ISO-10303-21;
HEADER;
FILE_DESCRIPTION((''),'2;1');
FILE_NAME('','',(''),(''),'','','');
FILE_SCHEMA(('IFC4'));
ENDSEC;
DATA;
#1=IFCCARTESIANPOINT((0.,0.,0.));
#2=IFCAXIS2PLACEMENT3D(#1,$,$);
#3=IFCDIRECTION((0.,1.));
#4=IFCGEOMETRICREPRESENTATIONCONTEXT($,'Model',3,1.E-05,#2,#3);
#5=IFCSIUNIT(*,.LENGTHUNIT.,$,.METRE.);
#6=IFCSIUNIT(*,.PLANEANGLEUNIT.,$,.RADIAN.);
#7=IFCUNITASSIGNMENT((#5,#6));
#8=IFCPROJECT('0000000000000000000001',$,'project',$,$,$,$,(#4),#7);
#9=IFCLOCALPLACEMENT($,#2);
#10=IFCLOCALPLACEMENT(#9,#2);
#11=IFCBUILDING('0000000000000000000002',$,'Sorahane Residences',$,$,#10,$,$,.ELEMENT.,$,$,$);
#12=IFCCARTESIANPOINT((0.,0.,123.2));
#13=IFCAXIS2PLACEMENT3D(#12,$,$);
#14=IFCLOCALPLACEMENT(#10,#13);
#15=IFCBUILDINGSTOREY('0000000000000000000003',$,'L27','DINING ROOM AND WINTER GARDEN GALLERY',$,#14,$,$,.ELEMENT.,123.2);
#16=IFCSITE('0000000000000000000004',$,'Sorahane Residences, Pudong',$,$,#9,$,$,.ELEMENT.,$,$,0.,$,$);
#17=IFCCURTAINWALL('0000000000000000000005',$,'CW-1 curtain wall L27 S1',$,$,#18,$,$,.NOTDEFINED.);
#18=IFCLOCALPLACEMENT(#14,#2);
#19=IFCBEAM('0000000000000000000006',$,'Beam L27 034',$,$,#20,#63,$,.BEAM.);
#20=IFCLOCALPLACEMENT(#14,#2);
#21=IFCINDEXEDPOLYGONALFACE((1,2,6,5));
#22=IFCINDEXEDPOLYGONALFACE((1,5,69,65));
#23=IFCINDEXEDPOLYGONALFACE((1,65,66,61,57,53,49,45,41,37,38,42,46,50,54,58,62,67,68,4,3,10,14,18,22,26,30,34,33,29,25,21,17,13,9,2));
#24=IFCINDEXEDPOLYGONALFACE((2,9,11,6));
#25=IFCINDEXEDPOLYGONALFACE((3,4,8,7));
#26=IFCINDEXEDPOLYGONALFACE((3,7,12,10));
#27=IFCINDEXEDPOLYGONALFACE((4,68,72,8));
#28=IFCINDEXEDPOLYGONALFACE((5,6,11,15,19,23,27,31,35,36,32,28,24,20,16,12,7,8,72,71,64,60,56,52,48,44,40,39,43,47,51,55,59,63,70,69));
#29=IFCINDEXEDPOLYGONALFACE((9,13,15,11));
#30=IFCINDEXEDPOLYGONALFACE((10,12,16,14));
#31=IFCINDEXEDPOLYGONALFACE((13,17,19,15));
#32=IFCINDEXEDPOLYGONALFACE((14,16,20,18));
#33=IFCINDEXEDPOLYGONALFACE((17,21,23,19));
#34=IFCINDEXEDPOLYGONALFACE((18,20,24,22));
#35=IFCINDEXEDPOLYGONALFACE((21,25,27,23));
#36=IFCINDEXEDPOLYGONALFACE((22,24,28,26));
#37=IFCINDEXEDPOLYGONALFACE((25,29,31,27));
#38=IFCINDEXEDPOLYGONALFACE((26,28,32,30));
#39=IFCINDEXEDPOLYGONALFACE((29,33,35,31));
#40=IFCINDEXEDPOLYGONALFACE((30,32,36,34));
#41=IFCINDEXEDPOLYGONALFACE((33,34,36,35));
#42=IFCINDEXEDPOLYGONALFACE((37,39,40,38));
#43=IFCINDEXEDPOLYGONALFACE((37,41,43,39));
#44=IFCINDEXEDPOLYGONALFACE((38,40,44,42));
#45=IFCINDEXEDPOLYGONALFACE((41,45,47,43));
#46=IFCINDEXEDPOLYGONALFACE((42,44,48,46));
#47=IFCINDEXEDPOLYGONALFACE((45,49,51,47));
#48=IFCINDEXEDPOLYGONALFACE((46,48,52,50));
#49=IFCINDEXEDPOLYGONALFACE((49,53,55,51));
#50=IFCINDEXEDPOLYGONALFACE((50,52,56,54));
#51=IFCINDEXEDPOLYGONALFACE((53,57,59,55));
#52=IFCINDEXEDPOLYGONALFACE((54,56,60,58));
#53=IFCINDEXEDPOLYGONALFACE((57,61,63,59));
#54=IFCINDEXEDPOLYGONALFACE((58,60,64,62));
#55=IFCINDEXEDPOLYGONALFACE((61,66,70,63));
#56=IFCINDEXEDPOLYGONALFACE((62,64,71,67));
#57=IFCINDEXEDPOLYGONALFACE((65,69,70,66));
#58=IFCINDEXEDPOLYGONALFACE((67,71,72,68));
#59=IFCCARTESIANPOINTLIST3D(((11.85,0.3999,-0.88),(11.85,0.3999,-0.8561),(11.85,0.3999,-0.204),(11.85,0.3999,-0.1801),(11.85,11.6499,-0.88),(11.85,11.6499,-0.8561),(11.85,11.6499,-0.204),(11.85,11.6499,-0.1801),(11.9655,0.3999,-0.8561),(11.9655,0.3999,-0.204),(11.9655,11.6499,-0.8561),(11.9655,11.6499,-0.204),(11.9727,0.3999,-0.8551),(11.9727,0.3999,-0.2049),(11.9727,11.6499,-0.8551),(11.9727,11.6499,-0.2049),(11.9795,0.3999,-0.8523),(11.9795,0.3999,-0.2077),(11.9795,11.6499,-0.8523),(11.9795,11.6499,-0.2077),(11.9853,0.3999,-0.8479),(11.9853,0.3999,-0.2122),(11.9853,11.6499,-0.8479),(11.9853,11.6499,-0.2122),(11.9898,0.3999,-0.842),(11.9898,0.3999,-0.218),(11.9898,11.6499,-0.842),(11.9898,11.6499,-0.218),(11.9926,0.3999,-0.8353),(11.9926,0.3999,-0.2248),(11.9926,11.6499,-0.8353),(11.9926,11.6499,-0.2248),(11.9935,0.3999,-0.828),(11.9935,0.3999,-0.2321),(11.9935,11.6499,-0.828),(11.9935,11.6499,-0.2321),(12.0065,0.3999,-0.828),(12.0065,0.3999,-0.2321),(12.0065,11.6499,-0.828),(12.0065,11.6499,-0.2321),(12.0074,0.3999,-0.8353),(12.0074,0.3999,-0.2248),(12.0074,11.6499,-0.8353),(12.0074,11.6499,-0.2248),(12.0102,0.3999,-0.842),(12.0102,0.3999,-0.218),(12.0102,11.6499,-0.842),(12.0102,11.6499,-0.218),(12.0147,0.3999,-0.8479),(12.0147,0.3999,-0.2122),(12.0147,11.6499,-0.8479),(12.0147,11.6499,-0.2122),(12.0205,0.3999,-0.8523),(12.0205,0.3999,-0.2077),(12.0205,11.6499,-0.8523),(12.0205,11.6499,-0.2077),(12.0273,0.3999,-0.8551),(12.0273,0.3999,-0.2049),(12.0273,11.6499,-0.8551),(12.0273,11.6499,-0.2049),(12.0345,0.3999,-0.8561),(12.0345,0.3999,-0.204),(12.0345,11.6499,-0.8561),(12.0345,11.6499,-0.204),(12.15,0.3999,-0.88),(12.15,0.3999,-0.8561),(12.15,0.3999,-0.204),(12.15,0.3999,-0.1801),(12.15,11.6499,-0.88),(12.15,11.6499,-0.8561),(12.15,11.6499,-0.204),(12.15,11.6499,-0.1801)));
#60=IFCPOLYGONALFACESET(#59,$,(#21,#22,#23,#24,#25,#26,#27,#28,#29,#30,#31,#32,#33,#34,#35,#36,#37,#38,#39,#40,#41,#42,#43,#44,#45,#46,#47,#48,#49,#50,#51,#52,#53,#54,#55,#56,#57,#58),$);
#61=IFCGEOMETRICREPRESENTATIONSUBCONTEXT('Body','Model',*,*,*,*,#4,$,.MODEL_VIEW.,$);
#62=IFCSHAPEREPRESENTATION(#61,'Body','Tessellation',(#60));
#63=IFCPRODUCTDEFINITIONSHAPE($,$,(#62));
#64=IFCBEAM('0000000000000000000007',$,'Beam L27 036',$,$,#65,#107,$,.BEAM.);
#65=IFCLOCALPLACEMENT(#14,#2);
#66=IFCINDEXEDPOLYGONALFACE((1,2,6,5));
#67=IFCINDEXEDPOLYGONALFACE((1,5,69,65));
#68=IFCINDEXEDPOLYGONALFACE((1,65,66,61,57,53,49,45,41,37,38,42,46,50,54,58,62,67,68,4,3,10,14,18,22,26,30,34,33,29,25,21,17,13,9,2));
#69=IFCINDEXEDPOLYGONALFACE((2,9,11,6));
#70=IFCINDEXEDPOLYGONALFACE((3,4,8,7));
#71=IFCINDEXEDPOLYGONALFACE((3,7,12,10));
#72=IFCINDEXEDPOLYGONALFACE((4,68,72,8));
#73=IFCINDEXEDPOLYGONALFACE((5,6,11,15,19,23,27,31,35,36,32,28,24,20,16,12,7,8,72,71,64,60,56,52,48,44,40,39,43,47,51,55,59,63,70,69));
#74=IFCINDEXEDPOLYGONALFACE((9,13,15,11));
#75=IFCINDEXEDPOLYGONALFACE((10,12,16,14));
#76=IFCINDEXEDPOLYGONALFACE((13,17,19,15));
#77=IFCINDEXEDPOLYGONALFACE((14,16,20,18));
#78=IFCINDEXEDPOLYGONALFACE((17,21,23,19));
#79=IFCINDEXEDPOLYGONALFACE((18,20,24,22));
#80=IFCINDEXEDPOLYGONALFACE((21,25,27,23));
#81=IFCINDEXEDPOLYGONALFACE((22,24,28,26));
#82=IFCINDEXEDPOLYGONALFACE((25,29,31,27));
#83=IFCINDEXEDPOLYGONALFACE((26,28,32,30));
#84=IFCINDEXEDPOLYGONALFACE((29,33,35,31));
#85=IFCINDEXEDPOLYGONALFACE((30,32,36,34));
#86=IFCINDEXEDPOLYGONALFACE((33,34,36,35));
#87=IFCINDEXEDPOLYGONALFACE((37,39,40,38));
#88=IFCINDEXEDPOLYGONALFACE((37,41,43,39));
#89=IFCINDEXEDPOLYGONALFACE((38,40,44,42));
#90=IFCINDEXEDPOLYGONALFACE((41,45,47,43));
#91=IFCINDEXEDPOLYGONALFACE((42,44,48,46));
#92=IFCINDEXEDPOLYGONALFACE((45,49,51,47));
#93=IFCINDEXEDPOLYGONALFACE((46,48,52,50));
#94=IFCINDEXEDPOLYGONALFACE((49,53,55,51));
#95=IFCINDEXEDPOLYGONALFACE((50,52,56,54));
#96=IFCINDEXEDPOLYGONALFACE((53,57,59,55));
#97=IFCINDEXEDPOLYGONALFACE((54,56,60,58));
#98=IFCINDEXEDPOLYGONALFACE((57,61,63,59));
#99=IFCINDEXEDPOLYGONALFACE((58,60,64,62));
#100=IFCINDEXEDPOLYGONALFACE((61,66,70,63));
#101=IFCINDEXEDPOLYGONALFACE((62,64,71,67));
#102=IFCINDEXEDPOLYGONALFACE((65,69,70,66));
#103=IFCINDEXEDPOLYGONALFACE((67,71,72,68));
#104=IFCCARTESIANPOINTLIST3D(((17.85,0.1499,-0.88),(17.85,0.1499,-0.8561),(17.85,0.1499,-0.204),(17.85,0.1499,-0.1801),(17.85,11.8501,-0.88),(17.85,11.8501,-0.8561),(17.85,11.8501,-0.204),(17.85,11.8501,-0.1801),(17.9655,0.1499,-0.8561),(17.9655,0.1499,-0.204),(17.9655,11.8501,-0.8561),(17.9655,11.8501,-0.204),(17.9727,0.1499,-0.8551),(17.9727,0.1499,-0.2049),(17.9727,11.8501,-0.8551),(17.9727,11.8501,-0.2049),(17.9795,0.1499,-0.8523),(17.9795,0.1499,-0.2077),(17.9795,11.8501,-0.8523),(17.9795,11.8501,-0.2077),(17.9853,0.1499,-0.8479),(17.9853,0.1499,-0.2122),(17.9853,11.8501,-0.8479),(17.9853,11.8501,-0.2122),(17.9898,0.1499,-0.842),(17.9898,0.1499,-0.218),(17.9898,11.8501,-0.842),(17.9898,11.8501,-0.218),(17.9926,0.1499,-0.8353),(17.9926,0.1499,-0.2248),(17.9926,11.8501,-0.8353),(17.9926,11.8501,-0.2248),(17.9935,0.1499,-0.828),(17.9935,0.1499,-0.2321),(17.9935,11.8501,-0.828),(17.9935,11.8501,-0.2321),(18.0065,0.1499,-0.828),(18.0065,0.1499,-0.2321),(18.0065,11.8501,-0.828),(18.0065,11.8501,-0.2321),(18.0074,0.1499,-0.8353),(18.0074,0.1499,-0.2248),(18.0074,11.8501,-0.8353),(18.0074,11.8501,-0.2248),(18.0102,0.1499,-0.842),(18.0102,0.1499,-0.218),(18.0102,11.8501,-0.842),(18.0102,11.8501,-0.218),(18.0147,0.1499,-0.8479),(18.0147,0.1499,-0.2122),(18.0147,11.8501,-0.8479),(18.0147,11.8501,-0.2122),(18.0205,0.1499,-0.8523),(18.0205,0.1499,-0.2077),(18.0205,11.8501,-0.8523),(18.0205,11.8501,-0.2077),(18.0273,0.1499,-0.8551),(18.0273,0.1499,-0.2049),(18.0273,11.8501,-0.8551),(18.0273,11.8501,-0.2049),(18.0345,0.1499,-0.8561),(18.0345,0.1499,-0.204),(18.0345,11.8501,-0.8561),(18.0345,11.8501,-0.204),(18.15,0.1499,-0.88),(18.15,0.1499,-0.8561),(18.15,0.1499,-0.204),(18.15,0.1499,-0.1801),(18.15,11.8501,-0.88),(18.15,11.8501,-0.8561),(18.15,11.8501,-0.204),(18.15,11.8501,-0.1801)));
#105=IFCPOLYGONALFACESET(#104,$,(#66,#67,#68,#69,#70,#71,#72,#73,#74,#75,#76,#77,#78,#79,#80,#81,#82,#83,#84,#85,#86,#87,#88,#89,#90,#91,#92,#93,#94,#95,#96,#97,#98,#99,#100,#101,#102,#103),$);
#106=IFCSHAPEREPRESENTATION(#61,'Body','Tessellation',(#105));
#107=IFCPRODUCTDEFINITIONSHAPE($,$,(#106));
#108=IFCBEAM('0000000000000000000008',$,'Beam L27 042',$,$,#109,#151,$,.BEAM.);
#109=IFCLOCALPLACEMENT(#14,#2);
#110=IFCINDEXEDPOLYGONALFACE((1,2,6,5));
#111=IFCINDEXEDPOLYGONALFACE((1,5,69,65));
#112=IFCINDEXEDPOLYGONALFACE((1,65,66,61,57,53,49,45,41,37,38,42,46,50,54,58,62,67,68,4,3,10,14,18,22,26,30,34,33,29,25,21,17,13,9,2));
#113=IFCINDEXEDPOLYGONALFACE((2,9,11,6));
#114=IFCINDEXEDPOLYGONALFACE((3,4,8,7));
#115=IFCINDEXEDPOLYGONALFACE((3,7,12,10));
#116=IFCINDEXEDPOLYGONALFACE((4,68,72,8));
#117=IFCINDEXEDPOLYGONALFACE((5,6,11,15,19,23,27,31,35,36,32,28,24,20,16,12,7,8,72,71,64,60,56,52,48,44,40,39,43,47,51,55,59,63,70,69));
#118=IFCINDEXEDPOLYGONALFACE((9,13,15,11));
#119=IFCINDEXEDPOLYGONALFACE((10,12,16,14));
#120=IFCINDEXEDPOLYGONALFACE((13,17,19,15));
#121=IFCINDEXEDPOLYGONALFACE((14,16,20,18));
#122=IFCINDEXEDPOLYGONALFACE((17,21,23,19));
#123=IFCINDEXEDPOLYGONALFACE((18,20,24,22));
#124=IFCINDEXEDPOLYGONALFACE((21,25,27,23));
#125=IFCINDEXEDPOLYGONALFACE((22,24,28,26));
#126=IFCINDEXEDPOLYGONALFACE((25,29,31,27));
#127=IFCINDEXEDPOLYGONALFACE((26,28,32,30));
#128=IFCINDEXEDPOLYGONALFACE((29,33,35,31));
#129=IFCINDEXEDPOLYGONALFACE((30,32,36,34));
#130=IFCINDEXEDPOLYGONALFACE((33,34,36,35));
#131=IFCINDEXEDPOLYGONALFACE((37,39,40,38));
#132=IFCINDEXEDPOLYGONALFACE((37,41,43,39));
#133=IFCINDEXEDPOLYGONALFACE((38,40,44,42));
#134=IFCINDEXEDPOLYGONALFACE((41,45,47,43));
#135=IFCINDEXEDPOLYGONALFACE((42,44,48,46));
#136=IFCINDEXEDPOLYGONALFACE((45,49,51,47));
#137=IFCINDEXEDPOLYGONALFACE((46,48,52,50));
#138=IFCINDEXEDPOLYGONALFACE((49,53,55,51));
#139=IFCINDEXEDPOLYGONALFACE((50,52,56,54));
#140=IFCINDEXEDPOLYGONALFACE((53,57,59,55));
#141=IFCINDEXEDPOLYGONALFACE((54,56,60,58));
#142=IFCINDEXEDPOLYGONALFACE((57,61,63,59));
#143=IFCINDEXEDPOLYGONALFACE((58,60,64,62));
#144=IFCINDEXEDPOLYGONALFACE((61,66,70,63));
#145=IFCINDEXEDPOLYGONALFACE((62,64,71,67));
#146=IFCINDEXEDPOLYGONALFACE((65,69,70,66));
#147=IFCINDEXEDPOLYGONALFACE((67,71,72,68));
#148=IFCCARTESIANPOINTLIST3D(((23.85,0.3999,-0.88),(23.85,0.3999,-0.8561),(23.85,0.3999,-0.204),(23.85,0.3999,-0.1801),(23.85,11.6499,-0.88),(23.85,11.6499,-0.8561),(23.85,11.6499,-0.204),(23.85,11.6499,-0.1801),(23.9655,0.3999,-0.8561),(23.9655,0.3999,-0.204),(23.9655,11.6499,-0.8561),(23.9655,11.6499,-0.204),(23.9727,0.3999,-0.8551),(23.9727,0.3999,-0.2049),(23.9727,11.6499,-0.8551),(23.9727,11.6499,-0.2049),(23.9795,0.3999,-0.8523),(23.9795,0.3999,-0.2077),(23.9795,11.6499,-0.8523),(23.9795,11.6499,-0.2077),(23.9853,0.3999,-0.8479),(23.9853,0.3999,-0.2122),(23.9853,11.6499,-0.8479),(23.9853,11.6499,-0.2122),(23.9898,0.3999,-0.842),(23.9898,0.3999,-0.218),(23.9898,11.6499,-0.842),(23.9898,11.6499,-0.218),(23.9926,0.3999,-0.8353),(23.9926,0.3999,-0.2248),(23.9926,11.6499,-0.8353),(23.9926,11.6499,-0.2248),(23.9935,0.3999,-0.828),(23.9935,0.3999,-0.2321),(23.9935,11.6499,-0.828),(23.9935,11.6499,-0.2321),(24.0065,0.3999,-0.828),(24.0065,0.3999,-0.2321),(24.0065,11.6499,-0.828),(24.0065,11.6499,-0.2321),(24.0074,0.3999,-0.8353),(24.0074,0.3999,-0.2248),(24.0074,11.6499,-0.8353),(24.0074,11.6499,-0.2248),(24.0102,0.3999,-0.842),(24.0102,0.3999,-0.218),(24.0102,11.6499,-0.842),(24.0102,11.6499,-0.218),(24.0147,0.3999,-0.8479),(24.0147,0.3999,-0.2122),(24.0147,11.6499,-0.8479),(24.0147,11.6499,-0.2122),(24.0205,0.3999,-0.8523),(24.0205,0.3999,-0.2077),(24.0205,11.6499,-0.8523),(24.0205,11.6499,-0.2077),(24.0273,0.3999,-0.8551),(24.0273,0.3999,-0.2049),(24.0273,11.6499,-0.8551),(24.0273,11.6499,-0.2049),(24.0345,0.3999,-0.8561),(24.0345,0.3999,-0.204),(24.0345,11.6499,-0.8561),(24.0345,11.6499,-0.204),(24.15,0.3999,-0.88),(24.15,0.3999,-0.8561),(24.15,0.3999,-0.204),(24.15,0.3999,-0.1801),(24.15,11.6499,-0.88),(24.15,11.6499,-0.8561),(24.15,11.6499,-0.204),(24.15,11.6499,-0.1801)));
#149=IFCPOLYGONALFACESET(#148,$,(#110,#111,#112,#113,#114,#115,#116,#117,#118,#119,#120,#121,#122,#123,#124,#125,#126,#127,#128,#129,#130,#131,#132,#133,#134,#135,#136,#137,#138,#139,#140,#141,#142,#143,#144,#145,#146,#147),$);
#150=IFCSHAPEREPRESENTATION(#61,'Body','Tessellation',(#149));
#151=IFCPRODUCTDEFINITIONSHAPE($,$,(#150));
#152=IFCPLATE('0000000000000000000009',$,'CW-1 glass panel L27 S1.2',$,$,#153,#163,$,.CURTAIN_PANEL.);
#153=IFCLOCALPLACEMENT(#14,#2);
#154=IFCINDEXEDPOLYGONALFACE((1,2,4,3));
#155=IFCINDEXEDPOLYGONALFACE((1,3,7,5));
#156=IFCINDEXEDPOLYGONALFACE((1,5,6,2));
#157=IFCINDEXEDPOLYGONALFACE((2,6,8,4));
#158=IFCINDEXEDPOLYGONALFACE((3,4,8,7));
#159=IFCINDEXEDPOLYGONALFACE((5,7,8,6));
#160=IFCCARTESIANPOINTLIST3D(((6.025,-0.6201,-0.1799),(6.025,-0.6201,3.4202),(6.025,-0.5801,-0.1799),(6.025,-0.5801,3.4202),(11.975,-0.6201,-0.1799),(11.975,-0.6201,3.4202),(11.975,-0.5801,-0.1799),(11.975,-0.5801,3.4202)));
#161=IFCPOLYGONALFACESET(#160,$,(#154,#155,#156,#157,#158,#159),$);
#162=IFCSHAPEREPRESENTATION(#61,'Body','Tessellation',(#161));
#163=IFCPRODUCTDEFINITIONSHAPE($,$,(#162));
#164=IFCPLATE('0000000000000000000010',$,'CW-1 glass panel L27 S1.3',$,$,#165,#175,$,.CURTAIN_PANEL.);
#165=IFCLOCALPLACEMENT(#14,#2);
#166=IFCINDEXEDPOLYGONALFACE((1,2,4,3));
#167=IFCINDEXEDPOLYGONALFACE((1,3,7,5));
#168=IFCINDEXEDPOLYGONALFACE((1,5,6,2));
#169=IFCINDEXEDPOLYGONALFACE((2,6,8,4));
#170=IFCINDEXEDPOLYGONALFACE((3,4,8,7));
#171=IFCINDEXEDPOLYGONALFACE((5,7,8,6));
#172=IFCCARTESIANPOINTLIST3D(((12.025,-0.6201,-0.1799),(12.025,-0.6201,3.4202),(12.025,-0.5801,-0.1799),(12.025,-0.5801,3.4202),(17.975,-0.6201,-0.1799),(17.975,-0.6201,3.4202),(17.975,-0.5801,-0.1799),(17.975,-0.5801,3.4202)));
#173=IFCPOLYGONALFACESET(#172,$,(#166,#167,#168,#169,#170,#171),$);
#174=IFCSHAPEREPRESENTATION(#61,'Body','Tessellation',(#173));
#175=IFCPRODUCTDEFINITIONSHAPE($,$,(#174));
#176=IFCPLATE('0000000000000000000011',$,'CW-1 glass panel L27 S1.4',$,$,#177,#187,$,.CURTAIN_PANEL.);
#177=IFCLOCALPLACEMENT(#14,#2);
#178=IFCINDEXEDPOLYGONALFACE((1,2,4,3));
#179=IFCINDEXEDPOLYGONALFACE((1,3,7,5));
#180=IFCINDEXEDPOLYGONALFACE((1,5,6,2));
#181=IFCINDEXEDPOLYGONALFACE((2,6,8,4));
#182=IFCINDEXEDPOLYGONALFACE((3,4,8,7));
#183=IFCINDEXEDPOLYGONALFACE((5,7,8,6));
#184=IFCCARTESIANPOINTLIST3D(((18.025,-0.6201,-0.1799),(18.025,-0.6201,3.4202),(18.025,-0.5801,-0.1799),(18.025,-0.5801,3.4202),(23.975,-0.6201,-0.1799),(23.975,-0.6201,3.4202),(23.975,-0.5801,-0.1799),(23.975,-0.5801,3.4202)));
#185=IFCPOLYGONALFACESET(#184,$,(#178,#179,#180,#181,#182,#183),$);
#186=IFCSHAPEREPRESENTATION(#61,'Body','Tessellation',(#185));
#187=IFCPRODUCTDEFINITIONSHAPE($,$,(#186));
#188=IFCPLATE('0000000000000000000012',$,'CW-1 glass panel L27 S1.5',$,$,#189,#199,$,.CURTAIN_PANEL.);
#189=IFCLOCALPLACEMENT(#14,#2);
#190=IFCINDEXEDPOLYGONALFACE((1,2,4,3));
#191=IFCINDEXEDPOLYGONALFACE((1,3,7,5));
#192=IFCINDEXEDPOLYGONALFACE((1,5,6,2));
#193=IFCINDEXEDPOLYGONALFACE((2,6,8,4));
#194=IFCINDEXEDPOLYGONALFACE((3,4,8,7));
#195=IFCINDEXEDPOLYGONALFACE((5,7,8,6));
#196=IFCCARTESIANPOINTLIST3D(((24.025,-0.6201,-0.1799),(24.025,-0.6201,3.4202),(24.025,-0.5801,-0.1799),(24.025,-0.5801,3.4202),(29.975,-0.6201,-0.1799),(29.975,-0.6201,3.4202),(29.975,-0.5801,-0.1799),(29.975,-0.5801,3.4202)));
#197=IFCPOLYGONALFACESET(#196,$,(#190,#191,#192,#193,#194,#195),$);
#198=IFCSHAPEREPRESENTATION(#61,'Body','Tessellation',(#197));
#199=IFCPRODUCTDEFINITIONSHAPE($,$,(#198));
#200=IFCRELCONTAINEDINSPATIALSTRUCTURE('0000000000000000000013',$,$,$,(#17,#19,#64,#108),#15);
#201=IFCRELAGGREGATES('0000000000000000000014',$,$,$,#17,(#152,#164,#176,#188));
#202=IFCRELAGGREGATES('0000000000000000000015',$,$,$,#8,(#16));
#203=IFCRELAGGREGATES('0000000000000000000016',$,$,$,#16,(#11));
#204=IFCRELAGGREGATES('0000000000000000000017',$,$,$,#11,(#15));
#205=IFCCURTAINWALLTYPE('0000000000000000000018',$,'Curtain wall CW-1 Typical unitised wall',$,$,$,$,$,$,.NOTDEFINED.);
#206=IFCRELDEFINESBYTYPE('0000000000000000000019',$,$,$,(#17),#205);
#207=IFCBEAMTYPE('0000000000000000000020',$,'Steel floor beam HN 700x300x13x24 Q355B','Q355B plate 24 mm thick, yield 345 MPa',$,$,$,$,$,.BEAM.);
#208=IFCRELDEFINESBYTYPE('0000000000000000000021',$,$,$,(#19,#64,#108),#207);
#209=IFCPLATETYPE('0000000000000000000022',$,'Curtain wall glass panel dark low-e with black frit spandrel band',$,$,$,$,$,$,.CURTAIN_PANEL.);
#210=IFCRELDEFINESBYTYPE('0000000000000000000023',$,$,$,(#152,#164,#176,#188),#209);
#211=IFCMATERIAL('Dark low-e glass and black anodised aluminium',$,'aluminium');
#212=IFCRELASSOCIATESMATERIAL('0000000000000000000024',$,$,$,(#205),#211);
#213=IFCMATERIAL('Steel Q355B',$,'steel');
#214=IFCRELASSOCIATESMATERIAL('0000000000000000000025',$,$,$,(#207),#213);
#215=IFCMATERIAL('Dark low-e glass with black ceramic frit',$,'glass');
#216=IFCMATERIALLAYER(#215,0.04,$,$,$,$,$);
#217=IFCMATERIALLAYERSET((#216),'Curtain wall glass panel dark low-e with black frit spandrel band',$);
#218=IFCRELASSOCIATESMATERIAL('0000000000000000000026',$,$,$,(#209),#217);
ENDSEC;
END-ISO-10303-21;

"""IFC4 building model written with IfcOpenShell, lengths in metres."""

from ifc_helpers import new_model, si_unit, direction, frame, origin, origin_2d, place, context, subcontext, project, spatial, rectangle, i_section, extrude, material, layer, layer_set, material_profile, profile_set, type_object, element, aggregate, save


model = new_model("IFC4")

# Units and contexts
model_context = context("Model", 3, precision=1e-05, world=origin(), true_north=direction((0.0, 1.0)))
body_context = subcontext(model_context, "Body", "Model", "MODEL_VIEW")
ifc_project = project(units=[si_unit("LENGTHUNIT", "METRE"), si_unit("PLANEANGLEUNIT", "RADIAN")], contexts=[model_context])

# Site, building, storey
site_placement = place(None, origin())
site = spatial("IfcSite", under=ifc_project, at=site_placement, Name="Sorahane Residences, Pudong", CompositionType="ELEMENT", RefElevation=0.0)
building_placement = place(site_placement, origin())
building = spatial("IfcBuilding", under=site, at=building_placement, Name="Sorahane Residences", CompositionType="ELEMENT")
storey_placement = place(building_placement, frame((0.0, 0.0, 123.2)))
storey = spatial("IfcBuildingStorey", under=building, at=storey_placement, Name="L27", Description="DINING ROOM AND WINTER GARDEN GALLERY", CompositionType="ELEMENT", Elevation=123.2)

# Curtain wall
ifc_material_1 = material(Name="Dark low-e glass and black anodised aluminium", Category="aluminium")
curtain_wall_type = type_object("IfcCurtainWallType", Name="Curtain wall CW-1 Typical unitised wall", PredefinedType="NOTDEFINED", material=ifc_material_1)
curtain_wall_placement = place(storey_placement, origin())
curtain_wall = element("IfcCurtainWall", 1, at=curtain_wall_placement, inside=storey, type_object=curtain_wall_type, Name="CW-1 curtain wall L27 S1", PredefinedType="NOTDEFINED")

# Beams
ifc_material_2 = material(Name="Steel Q355B", Category="steel")
ifc_material_profile_1 = material_profile(ifc_material_2, i_section(OverallWidth=0.3, OverallDepth=0.7, WebThickness=0.0129, FlangeThickness=0.0239, FilletRadius=0.0281, at=origin_2d()), Name="HN 700x300x13x24")
ifc_profile_set_1 = profile_set([ifc_material_profile_1], Name="Steel Q355B")
beam_type_1 = type_object("IfcBeamType", Name="Steel floor beam HN 700x300x13x24 Q355B", Description="Q355B plate 24 mm thick, yield 345 MPa", PredefinedType="BEAM", material=ifc_profile_set_1)
beam_1_placement = place(storey_placement, frame((12.0, 0.3999, -0.53), z_axis=(0.0, 1.0, 0.0), x_axis=(-1.0, 0.0, 0.0)))
element("IfcBeam", 2, at=beam_1_placement, inside=storey, type_object=beam_type_1, Name="Beam L27 034", PredefinedType="BEAM", context=body_context, shape_type="SweptSolid", body=[
    extrude(i_section(OverallWidth=0.3, OverallDepth=0.7, WebThickness=0.0129, FlangeThickness=0.0239, FilletRadius=0.0281, at=origin_2d()), origin(), (0.0, 0.0, 1.0), 11.25),
])
beam_2_placement = place(storey_placement, frame((18.0, 0.1499, -0.53), z_axis=(0.0, 1.0, 0.0), x_axis=(-1.0, 0.0, 0.0)))
element("IfcBeam", 3, at=beam_2_placement, inside=storey, type_object=beam_type_1, Name="Beam L27 036", PredefinedType="BEAM", context=body_context, shape_type="SweptSolid", body=[
    extrude(i_section(OverallWidth=0.3, OverallDepth=0.7, WebThickness=0.0129, FlangeThickness=0.0239, FilletRadius=0.0281, at=origin_2d()), origin(), (0.0, 0.0, 1.0), 11.7002),
])
beam_3_placement = place(storey_placement, frame((24.0, 0.3999, -0.53), z_axis=(0.0, 1.0, 0.0), x_axis=(-1.0, 0.0, 0.0)))
element("IfcBeam", 4, at=beam_3_placement, inside=storey, type_object=beam_type_1, Name="Beam L27 042", PredefinedType="BEAM", context=body_context, shape_type="SweptSolid", body=[
    extrude(i_section(OverallWidth=0.3, OverallDepth=0.7, WebThickness=0.0129, FlangeThickness=0.0239, FilletRadius=0.0281, at=origin_2d()), origin(), (0.0, 0.0, 1.0), 11.25),
])

# Plates
ifc_material_3 = material(Name="Dark low-e glass with black ceramic frit", Category="glass")
ifc_layer_1 = layer(ifc_material_3, 0.04)
ifc_layer_set_1 = layer_set([ifc_layer_1], Name="Curtain wall glass panel dark low-e with black frit spandrel band")
plate_type = type_object("IfcPlateType", Name="Curtain wall glass panel dark low-e with black frit spandrel band", PredefinedType="CURTAIN_PANEL", material=ifc_layer_set_1)
plate_1_placement = place(storey_placement, frame((9.0, -0.6001, -0.1799), z_axis=(0.0, 0.0, 1.0), x_axis=(1.0, 0.0, 0.0)))
plate_1 = element("IfcPlate", 5, at=plate_1_placement, type_object=plate_type, Name="CW-1 glass panel L27 S1.2", PredefinedType="CURTAIN_PANEL", context=body_context, shape_type="SweptSolid", body=[
    extrude(rectangle(XDim=5.95, YDim=0.04, at=origin_2d()), origin(), (0.0, 0.0, 1.0), 3.6001),
])
plate_2_placement = place(storey_placement, frame((15.0, -0.6001, -0.1799), z_axis=(0.0, 0.0, 1.0), x_axis=(1.0, 0.0, 0.0)))
plate_2 = element("IfcPlate", 6, at=plate_2_placement, type_object=plate_type, Name="CW-1 glass panel L27 S1.3", PredefinedType="CURTAIN_PANEL", context=body_context, shape_type="SweptSolid", body=[
    extrude(rectangle(XDim=5.95, YDim=0.04, at=origin_2d()), origin(), (0.0, 0.0, 1.0), 3.6001),
])
plate_3_placement = place(storey_placement, frame((21.0, -0.6001, -0.1799), z_axis=(0.0, 0.0, 1.0), x_axis=(1.0, 0.0, 0.0)))
plate_3 = element("IfcPlate", 7, at=plate_3_placement, type_object=plate_type, Name="CW-1 glass panel L27 S1.4", PredefinedType="CURTAIN_PANEL", context=body_context, shape_type="SweptSolid", body=[
    extrude(rectangle(XDim=5.95, YDim=0.04, at=origin_2d()), origin(), (0.0, 0.0, 1.0), 3.6001),
])
plate_4_placement = place(storey_placement, frame((27.0, -0.6001, -0.1799), z_axis=(0.0, 0.0, 1.0), x_axis=(1.0, 0.0, 0.0)))
plate_4 = element("IfcPlate", 8, at=plate_4_placement, type_object=plate_type, Name="CW-1 glass panel L27 S1.5", PredefinedType="CURTAIN_PANEL", context=body_context, shape_type="SweptSolid", body=[
    extrude(rectangle(XDim=5.95, YDim=0.04, at=origin_2d()), origin(), (0.0, 0.0, 1.0), 3.6001),
])
aggregate(curtain_wall, [plate_1, plate_2, plate_3, plate_4])

save(model, "model.ifc")
